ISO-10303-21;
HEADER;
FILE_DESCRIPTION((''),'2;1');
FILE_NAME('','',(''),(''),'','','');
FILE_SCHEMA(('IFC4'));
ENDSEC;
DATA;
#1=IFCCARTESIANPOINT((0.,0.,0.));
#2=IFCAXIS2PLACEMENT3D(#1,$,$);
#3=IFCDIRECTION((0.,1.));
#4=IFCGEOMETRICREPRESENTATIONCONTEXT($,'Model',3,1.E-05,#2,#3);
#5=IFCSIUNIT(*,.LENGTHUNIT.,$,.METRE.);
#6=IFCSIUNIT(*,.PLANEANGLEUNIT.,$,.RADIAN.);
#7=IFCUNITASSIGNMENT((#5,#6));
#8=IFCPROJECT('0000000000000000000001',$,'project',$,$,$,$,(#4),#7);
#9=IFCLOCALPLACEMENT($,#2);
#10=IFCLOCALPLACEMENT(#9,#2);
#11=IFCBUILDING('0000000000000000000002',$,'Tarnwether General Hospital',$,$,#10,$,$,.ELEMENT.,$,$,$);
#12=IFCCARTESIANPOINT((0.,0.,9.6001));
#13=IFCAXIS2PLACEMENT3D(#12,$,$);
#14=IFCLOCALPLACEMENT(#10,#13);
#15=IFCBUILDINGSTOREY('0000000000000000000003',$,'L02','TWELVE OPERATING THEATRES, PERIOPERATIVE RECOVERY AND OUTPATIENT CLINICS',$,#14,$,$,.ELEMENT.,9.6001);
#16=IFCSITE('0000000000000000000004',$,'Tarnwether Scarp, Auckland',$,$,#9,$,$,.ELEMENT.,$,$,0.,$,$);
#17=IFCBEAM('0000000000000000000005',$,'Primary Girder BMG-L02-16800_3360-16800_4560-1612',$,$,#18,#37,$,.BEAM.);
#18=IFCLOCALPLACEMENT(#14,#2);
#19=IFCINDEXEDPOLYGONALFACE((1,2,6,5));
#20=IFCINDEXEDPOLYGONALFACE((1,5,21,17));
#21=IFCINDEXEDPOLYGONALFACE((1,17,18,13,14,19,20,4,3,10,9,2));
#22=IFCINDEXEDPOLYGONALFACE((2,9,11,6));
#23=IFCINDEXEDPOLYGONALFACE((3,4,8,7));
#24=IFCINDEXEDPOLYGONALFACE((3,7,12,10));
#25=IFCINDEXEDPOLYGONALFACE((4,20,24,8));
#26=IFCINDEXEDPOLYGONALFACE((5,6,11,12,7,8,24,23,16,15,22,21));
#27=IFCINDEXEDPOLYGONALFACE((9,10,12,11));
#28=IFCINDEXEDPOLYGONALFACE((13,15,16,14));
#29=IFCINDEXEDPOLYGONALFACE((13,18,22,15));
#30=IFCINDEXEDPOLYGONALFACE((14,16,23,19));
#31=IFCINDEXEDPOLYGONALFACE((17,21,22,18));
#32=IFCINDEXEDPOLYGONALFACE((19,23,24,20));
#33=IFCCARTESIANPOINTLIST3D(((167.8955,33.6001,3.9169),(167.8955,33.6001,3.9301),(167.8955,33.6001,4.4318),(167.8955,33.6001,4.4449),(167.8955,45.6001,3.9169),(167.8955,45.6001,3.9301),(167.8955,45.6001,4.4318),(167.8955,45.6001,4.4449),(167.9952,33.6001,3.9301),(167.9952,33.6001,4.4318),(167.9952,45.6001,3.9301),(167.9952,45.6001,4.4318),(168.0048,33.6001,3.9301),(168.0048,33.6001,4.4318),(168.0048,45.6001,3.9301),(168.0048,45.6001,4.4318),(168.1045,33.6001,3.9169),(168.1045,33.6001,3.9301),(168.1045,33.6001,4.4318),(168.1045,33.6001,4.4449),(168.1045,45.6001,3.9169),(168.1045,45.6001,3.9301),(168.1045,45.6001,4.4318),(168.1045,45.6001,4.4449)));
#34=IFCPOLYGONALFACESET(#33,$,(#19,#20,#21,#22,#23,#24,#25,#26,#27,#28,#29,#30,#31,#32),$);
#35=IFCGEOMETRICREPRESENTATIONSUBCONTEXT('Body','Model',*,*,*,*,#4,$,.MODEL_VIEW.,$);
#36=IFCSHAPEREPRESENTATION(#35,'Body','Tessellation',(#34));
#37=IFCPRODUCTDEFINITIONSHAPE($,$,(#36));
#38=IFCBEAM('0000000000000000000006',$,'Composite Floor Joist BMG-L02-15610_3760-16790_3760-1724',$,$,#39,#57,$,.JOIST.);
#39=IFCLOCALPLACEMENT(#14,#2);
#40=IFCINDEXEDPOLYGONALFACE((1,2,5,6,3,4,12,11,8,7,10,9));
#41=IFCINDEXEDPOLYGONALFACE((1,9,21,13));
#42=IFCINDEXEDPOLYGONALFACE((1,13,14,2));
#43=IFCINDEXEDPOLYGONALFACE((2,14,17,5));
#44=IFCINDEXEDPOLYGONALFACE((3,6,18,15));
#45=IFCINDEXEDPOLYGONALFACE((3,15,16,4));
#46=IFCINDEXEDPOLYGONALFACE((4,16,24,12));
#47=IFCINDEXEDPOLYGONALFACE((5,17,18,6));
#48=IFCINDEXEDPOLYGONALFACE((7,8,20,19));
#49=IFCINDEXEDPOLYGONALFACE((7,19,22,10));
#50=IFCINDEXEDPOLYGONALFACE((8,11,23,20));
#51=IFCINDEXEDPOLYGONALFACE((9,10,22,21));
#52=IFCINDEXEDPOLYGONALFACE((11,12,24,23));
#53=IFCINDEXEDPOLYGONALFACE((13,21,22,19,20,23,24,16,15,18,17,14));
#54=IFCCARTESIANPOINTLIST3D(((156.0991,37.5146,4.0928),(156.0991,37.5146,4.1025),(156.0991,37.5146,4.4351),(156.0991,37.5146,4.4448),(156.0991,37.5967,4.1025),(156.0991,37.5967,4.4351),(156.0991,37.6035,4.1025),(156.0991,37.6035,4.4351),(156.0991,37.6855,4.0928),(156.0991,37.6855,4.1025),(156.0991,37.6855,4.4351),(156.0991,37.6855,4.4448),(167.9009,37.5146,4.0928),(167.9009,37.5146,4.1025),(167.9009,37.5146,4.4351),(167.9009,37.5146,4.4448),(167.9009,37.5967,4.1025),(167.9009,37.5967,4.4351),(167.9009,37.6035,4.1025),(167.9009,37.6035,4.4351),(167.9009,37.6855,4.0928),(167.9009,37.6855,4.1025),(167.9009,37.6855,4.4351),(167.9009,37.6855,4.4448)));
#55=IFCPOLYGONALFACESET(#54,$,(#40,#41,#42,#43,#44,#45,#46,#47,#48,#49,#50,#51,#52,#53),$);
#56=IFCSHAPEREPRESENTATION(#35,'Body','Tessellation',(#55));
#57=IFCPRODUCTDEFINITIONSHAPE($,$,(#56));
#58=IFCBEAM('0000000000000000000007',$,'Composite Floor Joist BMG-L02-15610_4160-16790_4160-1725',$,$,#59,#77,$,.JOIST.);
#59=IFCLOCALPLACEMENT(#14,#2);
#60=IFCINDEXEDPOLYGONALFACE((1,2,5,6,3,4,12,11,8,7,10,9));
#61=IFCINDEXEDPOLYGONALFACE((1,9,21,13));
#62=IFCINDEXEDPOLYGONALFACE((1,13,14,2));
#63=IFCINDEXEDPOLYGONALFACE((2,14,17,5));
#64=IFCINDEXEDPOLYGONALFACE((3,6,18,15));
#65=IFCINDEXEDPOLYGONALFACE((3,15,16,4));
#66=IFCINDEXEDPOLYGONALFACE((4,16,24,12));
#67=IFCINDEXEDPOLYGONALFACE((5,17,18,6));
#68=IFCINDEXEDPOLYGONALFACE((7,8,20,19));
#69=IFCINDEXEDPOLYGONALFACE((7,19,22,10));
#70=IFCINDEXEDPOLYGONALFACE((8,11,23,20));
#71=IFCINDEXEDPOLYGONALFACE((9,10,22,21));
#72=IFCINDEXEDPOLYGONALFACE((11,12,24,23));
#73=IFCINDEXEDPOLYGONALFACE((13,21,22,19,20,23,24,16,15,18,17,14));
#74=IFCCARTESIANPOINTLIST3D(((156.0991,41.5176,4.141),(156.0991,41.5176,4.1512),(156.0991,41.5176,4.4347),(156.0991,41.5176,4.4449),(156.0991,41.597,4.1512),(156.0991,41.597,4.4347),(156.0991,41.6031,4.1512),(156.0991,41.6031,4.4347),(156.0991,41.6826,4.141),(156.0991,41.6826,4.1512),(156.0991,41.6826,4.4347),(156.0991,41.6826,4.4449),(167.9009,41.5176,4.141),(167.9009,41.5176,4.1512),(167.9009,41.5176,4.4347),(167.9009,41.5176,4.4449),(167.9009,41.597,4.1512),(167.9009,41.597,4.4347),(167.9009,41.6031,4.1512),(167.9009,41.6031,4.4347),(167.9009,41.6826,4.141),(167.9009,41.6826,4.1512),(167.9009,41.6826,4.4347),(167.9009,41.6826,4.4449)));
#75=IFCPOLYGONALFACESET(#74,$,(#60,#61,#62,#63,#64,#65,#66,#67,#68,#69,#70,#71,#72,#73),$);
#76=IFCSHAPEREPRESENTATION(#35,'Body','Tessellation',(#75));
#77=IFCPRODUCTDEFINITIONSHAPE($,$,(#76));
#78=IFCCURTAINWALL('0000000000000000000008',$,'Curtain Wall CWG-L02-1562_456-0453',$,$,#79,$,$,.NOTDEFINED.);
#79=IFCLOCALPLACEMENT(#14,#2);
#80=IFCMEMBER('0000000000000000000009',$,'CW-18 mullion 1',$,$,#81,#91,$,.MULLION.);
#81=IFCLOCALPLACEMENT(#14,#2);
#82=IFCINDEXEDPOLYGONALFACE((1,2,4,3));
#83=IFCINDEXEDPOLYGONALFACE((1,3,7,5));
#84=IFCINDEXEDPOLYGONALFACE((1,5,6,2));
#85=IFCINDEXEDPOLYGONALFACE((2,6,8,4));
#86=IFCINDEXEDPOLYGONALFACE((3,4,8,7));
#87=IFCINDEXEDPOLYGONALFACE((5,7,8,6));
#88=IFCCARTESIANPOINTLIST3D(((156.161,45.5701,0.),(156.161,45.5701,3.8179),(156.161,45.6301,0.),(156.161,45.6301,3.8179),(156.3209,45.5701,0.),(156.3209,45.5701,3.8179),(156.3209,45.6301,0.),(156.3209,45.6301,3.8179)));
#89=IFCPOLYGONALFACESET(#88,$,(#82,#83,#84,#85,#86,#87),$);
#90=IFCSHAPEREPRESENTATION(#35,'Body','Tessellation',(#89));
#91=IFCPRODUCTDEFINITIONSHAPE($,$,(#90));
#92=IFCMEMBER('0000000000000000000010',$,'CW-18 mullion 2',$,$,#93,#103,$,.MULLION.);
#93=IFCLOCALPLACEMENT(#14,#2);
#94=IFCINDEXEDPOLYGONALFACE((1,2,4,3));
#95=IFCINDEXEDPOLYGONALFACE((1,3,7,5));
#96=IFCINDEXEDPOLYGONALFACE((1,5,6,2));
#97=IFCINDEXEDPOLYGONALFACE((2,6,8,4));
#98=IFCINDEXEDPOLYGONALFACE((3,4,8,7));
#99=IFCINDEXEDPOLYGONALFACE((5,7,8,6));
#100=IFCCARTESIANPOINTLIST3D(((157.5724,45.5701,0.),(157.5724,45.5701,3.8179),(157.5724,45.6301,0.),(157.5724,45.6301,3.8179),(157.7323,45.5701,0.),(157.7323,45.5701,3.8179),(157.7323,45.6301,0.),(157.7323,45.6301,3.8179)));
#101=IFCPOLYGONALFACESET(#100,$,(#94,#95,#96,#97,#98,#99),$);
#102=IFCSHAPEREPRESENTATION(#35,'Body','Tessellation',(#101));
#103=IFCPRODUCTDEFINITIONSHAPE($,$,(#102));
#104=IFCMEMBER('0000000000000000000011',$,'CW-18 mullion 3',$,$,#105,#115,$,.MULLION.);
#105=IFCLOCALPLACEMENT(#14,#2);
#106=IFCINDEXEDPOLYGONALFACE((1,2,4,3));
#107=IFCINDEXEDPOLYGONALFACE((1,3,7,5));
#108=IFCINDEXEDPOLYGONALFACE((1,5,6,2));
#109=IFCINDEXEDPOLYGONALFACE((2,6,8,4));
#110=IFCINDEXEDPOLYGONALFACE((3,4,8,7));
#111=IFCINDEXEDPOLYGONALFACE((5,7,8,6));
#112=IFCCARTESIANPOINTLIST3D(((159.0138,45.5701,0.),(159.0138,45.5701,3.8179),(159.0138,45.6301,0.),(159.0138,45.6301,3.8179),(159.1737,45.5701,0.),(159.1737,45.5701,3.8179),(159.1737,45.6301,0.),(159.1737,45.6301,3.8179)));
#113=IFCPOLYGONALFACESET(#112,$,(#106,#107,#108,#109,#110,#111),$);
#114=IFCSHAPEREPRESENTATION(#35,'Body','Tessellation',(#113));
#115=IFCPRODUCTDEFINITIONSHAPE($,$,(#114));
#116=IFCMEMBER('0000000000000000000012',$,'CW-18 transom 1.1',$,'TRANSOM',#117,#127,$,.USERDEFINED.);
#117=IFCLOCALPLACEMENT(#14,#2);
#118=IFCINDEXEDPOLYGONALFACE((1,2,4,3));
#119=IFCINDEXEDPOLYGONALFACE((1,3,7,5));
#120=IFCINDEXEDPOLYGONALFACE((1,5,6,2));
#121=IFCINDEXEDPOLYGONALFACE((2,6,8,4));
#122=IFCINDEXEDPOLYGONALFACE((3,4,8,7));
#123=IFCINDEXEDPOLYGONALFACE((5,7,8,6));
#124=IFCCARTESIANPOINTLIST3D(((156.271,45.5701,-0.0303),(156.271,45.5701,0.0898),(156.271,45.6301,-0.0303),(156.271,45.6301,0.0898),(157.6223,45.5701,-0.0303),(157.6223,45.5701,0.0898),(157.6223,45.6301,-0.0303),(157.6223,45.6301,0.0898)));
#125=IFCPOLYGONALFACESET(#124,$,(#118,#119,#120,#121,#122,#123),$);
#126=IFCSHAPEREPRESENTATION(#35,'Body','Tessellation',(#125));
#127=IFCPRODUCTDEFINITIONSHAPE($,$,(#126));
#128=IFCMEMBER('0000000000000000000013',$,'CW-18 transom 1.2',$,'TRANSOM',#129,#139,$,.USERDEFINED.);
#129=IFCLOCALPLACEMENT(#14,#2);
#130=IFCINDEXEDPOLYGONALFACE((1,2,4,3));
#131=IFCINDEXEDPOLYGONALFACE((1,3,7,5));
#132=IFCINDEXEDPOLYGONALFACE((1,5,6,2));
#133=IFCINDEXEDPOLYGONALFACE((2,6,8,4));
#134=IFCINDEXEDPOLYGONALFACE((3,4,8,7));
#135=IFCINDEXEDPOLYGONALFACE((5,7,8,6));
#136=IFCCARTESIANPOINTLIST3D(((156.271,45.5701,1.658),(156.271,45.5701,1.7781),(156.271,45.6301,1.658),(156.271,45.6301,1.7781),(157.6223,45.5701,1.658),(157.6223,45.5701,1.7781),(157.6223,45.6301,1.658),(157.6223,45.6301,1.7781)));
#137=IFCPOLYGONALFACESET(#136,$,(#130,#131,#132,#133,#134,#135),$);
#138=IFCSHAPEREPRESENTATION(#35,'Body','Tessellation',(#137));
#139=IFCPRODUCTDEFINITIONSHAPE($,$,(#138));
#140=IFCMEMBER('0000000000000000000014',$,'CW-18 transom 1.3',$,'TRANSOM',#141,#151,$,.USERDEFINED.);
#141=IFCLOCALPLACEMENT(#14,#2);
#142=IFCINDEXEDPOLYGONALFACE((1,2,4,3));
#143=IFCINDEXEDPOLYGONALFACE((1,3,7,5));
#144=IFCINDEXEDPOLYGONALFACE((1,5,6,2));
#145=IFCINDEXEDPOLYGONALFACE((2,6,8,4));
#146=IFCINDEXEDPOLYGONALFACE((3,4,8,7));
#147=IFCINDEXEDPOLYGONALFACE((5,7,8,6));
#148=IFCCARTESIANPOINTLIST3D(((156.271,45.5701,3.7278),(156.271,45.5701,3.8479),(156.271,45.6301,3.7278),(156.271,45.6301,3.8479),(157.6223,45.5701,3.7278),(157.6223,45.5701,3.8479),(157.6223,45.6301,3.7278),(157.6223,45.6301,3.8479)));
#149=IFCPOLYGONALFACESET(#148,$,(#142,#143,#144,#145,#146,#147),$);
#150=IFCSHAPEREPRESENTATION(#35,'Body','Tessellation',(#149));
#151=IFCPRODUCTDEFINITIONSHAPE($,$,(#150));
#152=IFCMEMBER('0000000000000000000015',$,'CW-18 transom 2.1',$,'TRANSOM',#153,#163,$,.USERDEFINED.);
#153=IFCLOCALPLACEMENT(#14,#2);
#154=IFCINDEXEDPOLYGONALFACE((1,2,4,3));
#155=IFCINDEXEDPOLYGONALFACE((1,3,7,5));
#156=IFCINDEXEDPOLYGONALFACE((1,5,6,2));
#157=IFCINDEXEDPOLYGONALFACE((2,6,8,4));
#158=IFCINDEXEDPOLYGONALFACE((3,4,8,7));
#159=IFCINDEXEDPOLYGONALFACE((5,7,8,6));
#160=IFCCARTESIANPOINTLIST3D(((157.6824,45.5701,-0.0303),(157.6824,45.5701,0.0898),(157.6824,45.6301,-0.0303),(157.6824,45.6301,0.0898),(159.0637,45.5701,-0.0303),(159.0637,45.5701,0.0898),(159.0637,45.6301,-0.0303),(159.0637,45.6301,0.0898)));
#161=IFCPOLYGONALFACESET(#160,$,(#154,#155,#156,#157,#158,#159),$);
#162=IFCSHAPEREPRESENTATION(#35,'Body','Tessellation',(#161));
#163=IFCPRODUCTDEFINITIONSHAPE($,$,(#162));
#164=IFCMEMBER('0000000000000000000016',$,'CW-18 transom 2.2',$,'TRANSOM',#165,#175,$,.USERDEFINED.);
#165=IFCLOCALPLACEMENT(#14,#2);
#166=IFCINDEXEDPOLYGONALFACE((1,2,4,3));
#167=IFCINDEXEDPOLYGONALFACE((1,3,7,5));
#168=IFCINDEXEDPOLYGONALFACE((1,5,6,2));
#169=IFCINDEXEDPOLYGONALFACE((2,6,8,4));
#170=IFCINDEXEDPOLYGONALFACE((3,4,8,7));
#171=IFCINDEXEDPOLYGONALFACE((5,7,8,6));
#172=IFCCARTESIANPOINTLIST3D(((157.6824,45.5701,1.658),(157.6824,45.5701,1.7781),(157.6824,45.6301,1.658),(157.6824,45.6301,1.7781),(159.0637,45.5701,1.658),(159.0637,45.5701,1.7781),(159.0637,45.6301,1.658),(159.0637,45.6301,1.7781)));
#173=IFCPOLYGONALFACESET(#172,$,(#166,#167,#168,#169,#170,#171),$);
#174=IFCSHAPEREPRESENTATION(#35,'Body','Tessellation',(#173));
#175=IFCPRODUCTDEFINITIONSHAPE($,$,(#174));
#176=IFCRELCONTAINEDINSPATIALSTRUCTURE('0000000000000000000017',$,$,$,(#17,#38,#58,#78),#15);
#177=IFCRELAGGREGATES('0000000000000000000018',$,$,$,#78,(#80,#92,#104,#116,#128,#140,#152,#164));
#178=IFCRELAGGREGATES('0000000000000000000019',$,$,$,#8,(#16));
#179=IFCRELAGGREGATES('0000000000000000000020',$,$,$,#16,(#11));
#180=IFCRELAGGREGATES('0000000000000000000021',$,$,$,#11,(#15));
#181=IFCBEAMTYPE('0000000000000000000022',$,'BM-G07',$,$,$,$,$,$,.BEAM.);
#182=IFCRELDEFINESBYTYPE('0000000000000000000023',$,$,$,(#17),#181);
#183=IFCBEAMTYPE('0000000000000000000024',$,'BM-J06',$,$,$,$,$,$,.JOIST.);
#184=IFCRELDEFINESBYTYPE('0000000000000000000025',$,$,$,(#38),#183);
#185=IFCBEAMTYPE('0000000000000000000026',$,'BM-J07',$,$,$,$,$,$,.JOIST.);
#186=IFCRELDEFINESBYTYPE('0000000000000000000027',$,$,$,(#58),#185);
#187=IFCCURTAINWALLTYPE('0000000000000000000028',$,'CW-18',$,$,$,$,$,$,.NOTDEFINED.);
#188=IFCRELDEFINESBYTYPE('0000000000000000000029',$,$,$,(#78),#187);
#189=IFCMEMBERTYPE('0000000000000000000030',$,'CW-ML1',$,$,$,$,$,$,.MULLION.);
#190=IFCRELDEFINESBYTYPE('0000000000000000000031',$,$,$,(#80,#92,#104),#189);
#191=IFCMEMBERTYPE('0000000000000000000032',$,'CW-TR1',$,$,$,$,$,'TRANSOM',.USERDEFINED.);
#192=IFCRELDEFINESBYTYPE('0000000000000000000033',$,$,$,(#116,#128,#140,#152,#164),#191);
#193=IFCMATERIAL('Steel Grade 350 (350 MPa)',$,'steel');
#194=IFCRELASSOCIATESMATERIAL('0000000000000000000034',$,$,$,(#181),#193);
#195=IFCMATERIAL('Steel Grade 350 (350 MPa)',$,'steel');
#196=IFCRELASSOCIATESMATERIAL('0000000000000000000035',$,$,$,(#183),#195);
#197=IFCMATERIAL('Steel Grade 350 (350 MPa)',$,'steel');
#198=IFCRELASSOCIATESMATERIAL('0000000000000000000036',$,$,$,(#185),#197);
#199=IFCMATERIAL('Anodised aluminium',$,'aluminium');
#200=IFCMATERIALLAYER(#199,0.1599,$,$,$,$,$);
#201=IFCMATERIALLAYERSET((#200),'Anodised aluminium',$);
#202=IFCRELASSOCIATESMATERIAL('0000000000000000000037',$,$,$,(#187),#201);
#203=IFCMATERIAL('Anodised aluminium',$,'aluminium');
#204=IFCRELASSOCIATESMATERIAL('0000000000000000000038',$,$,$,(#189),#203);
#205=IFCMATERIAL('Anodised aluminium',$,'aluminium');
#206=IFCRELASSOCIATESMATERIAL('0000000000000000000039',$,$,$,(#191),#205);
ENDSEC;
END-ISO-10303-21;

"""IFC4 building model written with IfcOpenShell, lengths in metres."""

from ifc_helpers import new_model, si_unit, direction, frame, origin, origin_2d, place, context, subcontext, project, spatial, rectangle, i_section, extrude, material, layer, layer_set, material_profile, profile_set, type_object, element, aggregate, save


model = new_model("IFC4")

# Units and contexts
model_context = context("Model", 3, precision=1e-05, world=origin(), true_north=direction((0.0, 1.0)))
body_context = subcontext(model_context, "Body", "Model", "MODEL_VIEW")
ifc_project = project(units=[si_unit("LENGTHUNIT", "METRE"), si_unit("PLANEANGLEUNIT", "RADIAN")], contexts=[model_context])

# Site, building, storey
site_placement = place(None, origin())
site = spatial("IfcSite", under=ifc_project, at=site_placement, Name="Tarnwether Scarp, Auckland", CompositionType="ELEMENT", RefElevation=0.0)
building_placement = place(site_placement, origin())
building = spatial("IfcBuilding", under=site, at=building_placement, Name="Tarnwether General Hospital", CompositionType="ELEMENT")
storey_placement = place(building_placement, frame((0.0, 0.0, 9.6001)))
storey = spatial("IfcBuildingStorey", under=building, at=storey_placement, Name="L02", Description="TWELVE OPERATING THEATRES, PERIOPERATIVE RECOVERY AND OUTPATIENT CLINICS", CompositionType="ELEMENT", Elevation=9.6001)

# Beams
ifc_material_1 = material(Name="Steel Grade 350 (350 MPa)", Category="steel")
ifc_material_profile_1 = material_profile(ifc_material_1, i_section(OverallWidth=0.209, OverallDepth=0.5281, WebThickness=0.0095, FlangeThickness=0.0132, at=origin_2d()), Name="530UB82.0")
ifc_profile_set_1 = profile_set([ifc_material_profile_1], Name="Steel Grade 350 (350 MPa)")
beam_type_1 = type_object("IfcBeamType", Name="BM-G07", PredefinedType="BEAM", material=ifc_profile_set_1)
beam_1_placement = place(storey_placement, frame((168.0, 33.6001, 4.1809), z_axis=(0.0, 1.0, 0.0), x_axis=(-1.0, 0.0, 0.0)))
element("IfcBeam", 1, at=beam_1_placement, inside=storey, type_object=beam_type_1, Name="Primary Girder BMG-L02-16800_3360-16800_4560-1612", PredefinedType="BEAM", context=body_context, shape_type="SweptSolid", body=[
    extrude(i_section(OverallWidth=0.209, OverallDepth=0.5281, WebThickness=0.0095, FlangeThickness=0.0132, at=origin_2d()), origin(), (0.0, 0.0, 1.0), 12.0),
])
ifc_material_2 = material(Name="Steel Grade 350 (350 MPa)", Category="steel")
ifc_material_profile_2 = material_profile(ifc_material_2, i_section(OverallWidth=0.1709, OverallDepth=0.3521, WebThickness=0.0068, FlangeThickness=0.0098, at=origin_2d()), Name="360UB44.7")
ifc_profile_set_2 = profile_set([ifc_material_profile_2], Name="Steel Grade 350 (350 MPa)")
beam_type_2 = type_object("IfcBeamType", Name="BM-J06", PredefinedType="JOIST", material=ifc_profile_set_2)
beam_2_placement = place(storey_placement, frame((156.0991, 37.6001, 4.2688), z_axis=(1.0, 0.0, 0.0), x_axis=(0.0, 1.0, 0.0)))
element("IfcBeam", 2, at=beam_2_placement, inside=storey, type_object=beam_type_2, Name="Composite Floor Joist BMG-L02-15610_3760-16790_3760-1724", PredefinedType="JOIST", context=body_context, shape_type="SweptSolid", body=[
    extrude(i_section(OverallWidth=0.1709, OverallDepth=0.3521, WebThickness=0.0068, FlangeThickness=0.0098, at=origin_2d()), origin(), (0.0, 0.0, 1.0), 11.8018),
])
ifc_material_3 = material(Name="Steel Grade 350 (350 MPa)", Category="steel")
ifc_material_profile_3 = material_profile(ifc_material_3, i_section(OverallWidth=0.165, OverallDepth=0.304, WebThickness=0.0061, FlangeThickness=0.0103, at=origin_2d()), Name="310UB40.4")
ifc_profile_set_3 = profile_set([ifc_material_profile_3], Name="Steel Grade 350 (350 MPa)")
beam_type_3 = type_object("IfcBeamType", Name="BM-J07", PredefinedType="JOIST", material=ifc_profile_set_3)
beam_3_placement = place(storey_placement, frame((156.0991, 41.6001, 4.293), z_axis=(1.0, 0.0, 0.0), x_axis=(0.0, 1.0, 0.0)))
element("IfcBeam", 3, at=beam_3_placement, inside=storey, type_object=beam_type_3, Name="Composite Floor Joist BMG-L02-15610_4160-16790_4160-1725", PredefinedType="JOIST", context=body_context, shape_type="SweptSolid", body=[
    extrude(i_section(OverallWidth=0.165, OverallDepth=0.304, WebThickness=0.0061, FlangeThickness=0.0103, at=origin_2d()), origin(), (0.0, 0.0, 1.0), 11.8018),
])

# Curtain wall, members
ifc_material_4 = material(Name="Anodised aluminium", Category="aluminium")
ifc_layer_1 = layer(ifc_material_4, 0.1599)
ifc_layer_set_1 = layer_set([ifc_layer_1], Name="Anodised aluminium")
curtain_wall_type = type_object("IfcCurtainWallType", Name="CW-18", PredefinedType="NOTDEFINED", material=ifc_layer_set_1)
curtain_wall_placement = place(storey_placement, origin())
curtain_wall = element("IfcCurtainWall", 4, at=curtain_wall_placement, inside=storey, type_object=curtain_wall_type, Name="Curtain Wall CWG-L02-1562_456-0453", PredefinedType="NOTDEFINED")
ifc_material_5 = material(Name="Anodised aluminium", Category="aluminium")
ifc_material_profile_4 = material_profile(ifc_material_5, rectangle(XDim=0.0601, YDim=0.1599, at=origin_2d()), Name="ALU-MUL-60x160")
ifc_profile_set_4 = profile_set([ifc_material_profile_4], Name="Anodised aluminium")
member_type_1 = type_object("IfcMemberType", Name="CW-ML1", PredefinedType="MULLION", material=ifc_profile_set_4)
member_1_placement = place(storey_placement, frame((156.241, 45.6001, 0.0), z_axis=(0.0, 0.0, 1.0), x_axis=(0.0, 1.0, 0.0)))
member_1 = element("IfcMember", 5, at=member_1_placement, type_object=member_type_1, Name="CW-18 mullion 1", PredefinedType="MULLION", context=body_context, shape_type="SweptSolid", body=[
    extrude(rectangle(XDim=0.0601, YDim=0.1599, at=origin_2d()), origin(), (0.0, 0.0, 1.0), 3.8179),
])
member_2_placement = place(storey_placement, frame((157.6523, 45.6001, 0.0), z_axis=(0.0, 0.0, 1.0), x_axis=(0.0, 1.0, 0.0)))
member_2 = element("IfcMember", 6, at=member_2_placement, type_object=member_type_1, Name="CW-18 mullion 2", PredefinedType="MULLION", context=body_context, shape_type="SweptSolid", body=[
    extrude(rectangle(XDim=0.0601, YDim=0.1599, at=origin_2d()), origin(), (0.0, 0.0, 1.0), 3.8179),
])
member_3_placement = place(storey_placement, frame((159.0938, 45.6001, 0.0), z_axis=(0.0, 0.0, 1.0), x_axis=(0.0, 1.0, 0.0)))
member_3 = element("IfcMember", 7, at=member_3_placement, type_object=member_type_1, Name="CW-18 mullion 3", PredefinedType="MULLION", context=body_context, shape_type="SweptSolid", body=[
    extrude(rectangle(XDim=0.0601, YDim=0.1599, at=origin_2d()), origin(), (0.0, 0.0, 1.0), 3.8179),
])
ifc_material_6 = material(Name="Anodised aluminium", Category="aluminium")
ifc_material_profile_5 = material_profile(ifc_material_6, rectangle(XDim=0.0601, YDim=0.1201, at=origin_2d()), Name="ALU-TRN-60x120")
ifc_profile_set_5 = profile_set([ifc_material_profile_5], Name="Anodised aluminium")
member_type_2 = type_object("IfcMemberType", Name="CW-TR1", ElementType="TRANSOM", PredefinedType="USERDEFINED", material=ifc_profile_set_5)
member_4_placement = place(storey_placement, frame((156.271, 45.6001, 0.0298), z_axis=(1.0, 0.0, 0.0), x_axis=(0.0, 1.0, 0.0)))
member_4 = element("IfcMember", 8, at=member_4_placement, type_object=member_type_2, Name="CW-18 transom 1.1", ObjectType="TRANSOM", PredefinedType="USERDEFINED", context=body_context, shape_type="SweptSolid", body=[
    extrude(rectangle(XDim=0.0601, YDim=0.1201, at=origin_2d()), origin(), (0.0, 0.0, 1.0), 1.3513),
])
member_5_placement = place(storey_placement, frame((156.271, 45.6001, 1.718), z_axis=(1.0, 0.0, 0.0), x_axis=(0.0, 1.0, 0.0)))
member_5 = element("IfcMember", 9, at=member_5_placement, type_object=member_type_2, Name="CW-18 transom 1.2", ObjectType="TRANSOM", PredefinedType="USERDEFINED", context=body_context, shape_type="SweptSolid", body=[
    extrude(rectangle(XDim=0.0601, YDim=0.1201, at=origin_2d()), origin(), (0.0, 0.0, 1.0), 1.3513),
])
member_6_placement = place(storey_placement, frame((156.271, 45.6001, 3.7878), z_axis=(1.0, 0.0, 0.0), x_axis=(0.0, 1.0, 0.0)))
member_6 = element("IfcMember", 10, at=member_6_placement, type_object=member_type_2, Name="CW-18 transom 1.3", ObjectType="TRANSOM", PredefinedType="USERDEFINED", context=body_context, shape_type="SweptSolid", body=[
    extrude(rectangle(XDim=0.0601, YDim=0.1201, at=origin_2d()), origin(), (0.0, 0.0, 1.0), 1.3513),
])
member_7_placement = place(storey_placement, frame((157.6824, 45.6001, 0.0298), z_axis=(1.0, 0.0, 0.0), x_axis=(0.0, 1.0, 0.0)))
member_7 = element("IfcMember", 11, at=member_7_placement, type_object=member_type_2, Name="CW-18 transom 2.1", ObjectType="TRANSOM", PredefinedType="USERDEFINED", context=body_context, shape_type="SweptSolid", body=[
    extrude(rectangle(XDim=0.0601, YDim=0.1201, at=origin_2d()), origin(), (0.0, 0.0, 1.0), 1.3813),
])
member_8_placement = place(storey_placement, frame((157.6824, 45.6001, 1.718), z_axis=(1.0, 0.0, 0.0), x_axis=(0.0, 1.0, 0.0)))
member_8 = element("IfcMember", 12, at=member_8_placement, type_object=member_type_2, Name="CW-18 transom 2.2", ObjectType="TRANSOM", PredefinedType="USERDEFINED", context=body_context, shape_type="SweptSolid", body=[
    extrude(rectangle(XDim=0.0601, YDim=0.1201, at=origin_2d()), origin(), (0.0, 0.0, 1.0), 1.3813),
])
aggregate(curtain_wall, [member_1, member_2, member_3, member_4, member_5, member_6, member_7, member_8])

save(model, "model.ifc")
